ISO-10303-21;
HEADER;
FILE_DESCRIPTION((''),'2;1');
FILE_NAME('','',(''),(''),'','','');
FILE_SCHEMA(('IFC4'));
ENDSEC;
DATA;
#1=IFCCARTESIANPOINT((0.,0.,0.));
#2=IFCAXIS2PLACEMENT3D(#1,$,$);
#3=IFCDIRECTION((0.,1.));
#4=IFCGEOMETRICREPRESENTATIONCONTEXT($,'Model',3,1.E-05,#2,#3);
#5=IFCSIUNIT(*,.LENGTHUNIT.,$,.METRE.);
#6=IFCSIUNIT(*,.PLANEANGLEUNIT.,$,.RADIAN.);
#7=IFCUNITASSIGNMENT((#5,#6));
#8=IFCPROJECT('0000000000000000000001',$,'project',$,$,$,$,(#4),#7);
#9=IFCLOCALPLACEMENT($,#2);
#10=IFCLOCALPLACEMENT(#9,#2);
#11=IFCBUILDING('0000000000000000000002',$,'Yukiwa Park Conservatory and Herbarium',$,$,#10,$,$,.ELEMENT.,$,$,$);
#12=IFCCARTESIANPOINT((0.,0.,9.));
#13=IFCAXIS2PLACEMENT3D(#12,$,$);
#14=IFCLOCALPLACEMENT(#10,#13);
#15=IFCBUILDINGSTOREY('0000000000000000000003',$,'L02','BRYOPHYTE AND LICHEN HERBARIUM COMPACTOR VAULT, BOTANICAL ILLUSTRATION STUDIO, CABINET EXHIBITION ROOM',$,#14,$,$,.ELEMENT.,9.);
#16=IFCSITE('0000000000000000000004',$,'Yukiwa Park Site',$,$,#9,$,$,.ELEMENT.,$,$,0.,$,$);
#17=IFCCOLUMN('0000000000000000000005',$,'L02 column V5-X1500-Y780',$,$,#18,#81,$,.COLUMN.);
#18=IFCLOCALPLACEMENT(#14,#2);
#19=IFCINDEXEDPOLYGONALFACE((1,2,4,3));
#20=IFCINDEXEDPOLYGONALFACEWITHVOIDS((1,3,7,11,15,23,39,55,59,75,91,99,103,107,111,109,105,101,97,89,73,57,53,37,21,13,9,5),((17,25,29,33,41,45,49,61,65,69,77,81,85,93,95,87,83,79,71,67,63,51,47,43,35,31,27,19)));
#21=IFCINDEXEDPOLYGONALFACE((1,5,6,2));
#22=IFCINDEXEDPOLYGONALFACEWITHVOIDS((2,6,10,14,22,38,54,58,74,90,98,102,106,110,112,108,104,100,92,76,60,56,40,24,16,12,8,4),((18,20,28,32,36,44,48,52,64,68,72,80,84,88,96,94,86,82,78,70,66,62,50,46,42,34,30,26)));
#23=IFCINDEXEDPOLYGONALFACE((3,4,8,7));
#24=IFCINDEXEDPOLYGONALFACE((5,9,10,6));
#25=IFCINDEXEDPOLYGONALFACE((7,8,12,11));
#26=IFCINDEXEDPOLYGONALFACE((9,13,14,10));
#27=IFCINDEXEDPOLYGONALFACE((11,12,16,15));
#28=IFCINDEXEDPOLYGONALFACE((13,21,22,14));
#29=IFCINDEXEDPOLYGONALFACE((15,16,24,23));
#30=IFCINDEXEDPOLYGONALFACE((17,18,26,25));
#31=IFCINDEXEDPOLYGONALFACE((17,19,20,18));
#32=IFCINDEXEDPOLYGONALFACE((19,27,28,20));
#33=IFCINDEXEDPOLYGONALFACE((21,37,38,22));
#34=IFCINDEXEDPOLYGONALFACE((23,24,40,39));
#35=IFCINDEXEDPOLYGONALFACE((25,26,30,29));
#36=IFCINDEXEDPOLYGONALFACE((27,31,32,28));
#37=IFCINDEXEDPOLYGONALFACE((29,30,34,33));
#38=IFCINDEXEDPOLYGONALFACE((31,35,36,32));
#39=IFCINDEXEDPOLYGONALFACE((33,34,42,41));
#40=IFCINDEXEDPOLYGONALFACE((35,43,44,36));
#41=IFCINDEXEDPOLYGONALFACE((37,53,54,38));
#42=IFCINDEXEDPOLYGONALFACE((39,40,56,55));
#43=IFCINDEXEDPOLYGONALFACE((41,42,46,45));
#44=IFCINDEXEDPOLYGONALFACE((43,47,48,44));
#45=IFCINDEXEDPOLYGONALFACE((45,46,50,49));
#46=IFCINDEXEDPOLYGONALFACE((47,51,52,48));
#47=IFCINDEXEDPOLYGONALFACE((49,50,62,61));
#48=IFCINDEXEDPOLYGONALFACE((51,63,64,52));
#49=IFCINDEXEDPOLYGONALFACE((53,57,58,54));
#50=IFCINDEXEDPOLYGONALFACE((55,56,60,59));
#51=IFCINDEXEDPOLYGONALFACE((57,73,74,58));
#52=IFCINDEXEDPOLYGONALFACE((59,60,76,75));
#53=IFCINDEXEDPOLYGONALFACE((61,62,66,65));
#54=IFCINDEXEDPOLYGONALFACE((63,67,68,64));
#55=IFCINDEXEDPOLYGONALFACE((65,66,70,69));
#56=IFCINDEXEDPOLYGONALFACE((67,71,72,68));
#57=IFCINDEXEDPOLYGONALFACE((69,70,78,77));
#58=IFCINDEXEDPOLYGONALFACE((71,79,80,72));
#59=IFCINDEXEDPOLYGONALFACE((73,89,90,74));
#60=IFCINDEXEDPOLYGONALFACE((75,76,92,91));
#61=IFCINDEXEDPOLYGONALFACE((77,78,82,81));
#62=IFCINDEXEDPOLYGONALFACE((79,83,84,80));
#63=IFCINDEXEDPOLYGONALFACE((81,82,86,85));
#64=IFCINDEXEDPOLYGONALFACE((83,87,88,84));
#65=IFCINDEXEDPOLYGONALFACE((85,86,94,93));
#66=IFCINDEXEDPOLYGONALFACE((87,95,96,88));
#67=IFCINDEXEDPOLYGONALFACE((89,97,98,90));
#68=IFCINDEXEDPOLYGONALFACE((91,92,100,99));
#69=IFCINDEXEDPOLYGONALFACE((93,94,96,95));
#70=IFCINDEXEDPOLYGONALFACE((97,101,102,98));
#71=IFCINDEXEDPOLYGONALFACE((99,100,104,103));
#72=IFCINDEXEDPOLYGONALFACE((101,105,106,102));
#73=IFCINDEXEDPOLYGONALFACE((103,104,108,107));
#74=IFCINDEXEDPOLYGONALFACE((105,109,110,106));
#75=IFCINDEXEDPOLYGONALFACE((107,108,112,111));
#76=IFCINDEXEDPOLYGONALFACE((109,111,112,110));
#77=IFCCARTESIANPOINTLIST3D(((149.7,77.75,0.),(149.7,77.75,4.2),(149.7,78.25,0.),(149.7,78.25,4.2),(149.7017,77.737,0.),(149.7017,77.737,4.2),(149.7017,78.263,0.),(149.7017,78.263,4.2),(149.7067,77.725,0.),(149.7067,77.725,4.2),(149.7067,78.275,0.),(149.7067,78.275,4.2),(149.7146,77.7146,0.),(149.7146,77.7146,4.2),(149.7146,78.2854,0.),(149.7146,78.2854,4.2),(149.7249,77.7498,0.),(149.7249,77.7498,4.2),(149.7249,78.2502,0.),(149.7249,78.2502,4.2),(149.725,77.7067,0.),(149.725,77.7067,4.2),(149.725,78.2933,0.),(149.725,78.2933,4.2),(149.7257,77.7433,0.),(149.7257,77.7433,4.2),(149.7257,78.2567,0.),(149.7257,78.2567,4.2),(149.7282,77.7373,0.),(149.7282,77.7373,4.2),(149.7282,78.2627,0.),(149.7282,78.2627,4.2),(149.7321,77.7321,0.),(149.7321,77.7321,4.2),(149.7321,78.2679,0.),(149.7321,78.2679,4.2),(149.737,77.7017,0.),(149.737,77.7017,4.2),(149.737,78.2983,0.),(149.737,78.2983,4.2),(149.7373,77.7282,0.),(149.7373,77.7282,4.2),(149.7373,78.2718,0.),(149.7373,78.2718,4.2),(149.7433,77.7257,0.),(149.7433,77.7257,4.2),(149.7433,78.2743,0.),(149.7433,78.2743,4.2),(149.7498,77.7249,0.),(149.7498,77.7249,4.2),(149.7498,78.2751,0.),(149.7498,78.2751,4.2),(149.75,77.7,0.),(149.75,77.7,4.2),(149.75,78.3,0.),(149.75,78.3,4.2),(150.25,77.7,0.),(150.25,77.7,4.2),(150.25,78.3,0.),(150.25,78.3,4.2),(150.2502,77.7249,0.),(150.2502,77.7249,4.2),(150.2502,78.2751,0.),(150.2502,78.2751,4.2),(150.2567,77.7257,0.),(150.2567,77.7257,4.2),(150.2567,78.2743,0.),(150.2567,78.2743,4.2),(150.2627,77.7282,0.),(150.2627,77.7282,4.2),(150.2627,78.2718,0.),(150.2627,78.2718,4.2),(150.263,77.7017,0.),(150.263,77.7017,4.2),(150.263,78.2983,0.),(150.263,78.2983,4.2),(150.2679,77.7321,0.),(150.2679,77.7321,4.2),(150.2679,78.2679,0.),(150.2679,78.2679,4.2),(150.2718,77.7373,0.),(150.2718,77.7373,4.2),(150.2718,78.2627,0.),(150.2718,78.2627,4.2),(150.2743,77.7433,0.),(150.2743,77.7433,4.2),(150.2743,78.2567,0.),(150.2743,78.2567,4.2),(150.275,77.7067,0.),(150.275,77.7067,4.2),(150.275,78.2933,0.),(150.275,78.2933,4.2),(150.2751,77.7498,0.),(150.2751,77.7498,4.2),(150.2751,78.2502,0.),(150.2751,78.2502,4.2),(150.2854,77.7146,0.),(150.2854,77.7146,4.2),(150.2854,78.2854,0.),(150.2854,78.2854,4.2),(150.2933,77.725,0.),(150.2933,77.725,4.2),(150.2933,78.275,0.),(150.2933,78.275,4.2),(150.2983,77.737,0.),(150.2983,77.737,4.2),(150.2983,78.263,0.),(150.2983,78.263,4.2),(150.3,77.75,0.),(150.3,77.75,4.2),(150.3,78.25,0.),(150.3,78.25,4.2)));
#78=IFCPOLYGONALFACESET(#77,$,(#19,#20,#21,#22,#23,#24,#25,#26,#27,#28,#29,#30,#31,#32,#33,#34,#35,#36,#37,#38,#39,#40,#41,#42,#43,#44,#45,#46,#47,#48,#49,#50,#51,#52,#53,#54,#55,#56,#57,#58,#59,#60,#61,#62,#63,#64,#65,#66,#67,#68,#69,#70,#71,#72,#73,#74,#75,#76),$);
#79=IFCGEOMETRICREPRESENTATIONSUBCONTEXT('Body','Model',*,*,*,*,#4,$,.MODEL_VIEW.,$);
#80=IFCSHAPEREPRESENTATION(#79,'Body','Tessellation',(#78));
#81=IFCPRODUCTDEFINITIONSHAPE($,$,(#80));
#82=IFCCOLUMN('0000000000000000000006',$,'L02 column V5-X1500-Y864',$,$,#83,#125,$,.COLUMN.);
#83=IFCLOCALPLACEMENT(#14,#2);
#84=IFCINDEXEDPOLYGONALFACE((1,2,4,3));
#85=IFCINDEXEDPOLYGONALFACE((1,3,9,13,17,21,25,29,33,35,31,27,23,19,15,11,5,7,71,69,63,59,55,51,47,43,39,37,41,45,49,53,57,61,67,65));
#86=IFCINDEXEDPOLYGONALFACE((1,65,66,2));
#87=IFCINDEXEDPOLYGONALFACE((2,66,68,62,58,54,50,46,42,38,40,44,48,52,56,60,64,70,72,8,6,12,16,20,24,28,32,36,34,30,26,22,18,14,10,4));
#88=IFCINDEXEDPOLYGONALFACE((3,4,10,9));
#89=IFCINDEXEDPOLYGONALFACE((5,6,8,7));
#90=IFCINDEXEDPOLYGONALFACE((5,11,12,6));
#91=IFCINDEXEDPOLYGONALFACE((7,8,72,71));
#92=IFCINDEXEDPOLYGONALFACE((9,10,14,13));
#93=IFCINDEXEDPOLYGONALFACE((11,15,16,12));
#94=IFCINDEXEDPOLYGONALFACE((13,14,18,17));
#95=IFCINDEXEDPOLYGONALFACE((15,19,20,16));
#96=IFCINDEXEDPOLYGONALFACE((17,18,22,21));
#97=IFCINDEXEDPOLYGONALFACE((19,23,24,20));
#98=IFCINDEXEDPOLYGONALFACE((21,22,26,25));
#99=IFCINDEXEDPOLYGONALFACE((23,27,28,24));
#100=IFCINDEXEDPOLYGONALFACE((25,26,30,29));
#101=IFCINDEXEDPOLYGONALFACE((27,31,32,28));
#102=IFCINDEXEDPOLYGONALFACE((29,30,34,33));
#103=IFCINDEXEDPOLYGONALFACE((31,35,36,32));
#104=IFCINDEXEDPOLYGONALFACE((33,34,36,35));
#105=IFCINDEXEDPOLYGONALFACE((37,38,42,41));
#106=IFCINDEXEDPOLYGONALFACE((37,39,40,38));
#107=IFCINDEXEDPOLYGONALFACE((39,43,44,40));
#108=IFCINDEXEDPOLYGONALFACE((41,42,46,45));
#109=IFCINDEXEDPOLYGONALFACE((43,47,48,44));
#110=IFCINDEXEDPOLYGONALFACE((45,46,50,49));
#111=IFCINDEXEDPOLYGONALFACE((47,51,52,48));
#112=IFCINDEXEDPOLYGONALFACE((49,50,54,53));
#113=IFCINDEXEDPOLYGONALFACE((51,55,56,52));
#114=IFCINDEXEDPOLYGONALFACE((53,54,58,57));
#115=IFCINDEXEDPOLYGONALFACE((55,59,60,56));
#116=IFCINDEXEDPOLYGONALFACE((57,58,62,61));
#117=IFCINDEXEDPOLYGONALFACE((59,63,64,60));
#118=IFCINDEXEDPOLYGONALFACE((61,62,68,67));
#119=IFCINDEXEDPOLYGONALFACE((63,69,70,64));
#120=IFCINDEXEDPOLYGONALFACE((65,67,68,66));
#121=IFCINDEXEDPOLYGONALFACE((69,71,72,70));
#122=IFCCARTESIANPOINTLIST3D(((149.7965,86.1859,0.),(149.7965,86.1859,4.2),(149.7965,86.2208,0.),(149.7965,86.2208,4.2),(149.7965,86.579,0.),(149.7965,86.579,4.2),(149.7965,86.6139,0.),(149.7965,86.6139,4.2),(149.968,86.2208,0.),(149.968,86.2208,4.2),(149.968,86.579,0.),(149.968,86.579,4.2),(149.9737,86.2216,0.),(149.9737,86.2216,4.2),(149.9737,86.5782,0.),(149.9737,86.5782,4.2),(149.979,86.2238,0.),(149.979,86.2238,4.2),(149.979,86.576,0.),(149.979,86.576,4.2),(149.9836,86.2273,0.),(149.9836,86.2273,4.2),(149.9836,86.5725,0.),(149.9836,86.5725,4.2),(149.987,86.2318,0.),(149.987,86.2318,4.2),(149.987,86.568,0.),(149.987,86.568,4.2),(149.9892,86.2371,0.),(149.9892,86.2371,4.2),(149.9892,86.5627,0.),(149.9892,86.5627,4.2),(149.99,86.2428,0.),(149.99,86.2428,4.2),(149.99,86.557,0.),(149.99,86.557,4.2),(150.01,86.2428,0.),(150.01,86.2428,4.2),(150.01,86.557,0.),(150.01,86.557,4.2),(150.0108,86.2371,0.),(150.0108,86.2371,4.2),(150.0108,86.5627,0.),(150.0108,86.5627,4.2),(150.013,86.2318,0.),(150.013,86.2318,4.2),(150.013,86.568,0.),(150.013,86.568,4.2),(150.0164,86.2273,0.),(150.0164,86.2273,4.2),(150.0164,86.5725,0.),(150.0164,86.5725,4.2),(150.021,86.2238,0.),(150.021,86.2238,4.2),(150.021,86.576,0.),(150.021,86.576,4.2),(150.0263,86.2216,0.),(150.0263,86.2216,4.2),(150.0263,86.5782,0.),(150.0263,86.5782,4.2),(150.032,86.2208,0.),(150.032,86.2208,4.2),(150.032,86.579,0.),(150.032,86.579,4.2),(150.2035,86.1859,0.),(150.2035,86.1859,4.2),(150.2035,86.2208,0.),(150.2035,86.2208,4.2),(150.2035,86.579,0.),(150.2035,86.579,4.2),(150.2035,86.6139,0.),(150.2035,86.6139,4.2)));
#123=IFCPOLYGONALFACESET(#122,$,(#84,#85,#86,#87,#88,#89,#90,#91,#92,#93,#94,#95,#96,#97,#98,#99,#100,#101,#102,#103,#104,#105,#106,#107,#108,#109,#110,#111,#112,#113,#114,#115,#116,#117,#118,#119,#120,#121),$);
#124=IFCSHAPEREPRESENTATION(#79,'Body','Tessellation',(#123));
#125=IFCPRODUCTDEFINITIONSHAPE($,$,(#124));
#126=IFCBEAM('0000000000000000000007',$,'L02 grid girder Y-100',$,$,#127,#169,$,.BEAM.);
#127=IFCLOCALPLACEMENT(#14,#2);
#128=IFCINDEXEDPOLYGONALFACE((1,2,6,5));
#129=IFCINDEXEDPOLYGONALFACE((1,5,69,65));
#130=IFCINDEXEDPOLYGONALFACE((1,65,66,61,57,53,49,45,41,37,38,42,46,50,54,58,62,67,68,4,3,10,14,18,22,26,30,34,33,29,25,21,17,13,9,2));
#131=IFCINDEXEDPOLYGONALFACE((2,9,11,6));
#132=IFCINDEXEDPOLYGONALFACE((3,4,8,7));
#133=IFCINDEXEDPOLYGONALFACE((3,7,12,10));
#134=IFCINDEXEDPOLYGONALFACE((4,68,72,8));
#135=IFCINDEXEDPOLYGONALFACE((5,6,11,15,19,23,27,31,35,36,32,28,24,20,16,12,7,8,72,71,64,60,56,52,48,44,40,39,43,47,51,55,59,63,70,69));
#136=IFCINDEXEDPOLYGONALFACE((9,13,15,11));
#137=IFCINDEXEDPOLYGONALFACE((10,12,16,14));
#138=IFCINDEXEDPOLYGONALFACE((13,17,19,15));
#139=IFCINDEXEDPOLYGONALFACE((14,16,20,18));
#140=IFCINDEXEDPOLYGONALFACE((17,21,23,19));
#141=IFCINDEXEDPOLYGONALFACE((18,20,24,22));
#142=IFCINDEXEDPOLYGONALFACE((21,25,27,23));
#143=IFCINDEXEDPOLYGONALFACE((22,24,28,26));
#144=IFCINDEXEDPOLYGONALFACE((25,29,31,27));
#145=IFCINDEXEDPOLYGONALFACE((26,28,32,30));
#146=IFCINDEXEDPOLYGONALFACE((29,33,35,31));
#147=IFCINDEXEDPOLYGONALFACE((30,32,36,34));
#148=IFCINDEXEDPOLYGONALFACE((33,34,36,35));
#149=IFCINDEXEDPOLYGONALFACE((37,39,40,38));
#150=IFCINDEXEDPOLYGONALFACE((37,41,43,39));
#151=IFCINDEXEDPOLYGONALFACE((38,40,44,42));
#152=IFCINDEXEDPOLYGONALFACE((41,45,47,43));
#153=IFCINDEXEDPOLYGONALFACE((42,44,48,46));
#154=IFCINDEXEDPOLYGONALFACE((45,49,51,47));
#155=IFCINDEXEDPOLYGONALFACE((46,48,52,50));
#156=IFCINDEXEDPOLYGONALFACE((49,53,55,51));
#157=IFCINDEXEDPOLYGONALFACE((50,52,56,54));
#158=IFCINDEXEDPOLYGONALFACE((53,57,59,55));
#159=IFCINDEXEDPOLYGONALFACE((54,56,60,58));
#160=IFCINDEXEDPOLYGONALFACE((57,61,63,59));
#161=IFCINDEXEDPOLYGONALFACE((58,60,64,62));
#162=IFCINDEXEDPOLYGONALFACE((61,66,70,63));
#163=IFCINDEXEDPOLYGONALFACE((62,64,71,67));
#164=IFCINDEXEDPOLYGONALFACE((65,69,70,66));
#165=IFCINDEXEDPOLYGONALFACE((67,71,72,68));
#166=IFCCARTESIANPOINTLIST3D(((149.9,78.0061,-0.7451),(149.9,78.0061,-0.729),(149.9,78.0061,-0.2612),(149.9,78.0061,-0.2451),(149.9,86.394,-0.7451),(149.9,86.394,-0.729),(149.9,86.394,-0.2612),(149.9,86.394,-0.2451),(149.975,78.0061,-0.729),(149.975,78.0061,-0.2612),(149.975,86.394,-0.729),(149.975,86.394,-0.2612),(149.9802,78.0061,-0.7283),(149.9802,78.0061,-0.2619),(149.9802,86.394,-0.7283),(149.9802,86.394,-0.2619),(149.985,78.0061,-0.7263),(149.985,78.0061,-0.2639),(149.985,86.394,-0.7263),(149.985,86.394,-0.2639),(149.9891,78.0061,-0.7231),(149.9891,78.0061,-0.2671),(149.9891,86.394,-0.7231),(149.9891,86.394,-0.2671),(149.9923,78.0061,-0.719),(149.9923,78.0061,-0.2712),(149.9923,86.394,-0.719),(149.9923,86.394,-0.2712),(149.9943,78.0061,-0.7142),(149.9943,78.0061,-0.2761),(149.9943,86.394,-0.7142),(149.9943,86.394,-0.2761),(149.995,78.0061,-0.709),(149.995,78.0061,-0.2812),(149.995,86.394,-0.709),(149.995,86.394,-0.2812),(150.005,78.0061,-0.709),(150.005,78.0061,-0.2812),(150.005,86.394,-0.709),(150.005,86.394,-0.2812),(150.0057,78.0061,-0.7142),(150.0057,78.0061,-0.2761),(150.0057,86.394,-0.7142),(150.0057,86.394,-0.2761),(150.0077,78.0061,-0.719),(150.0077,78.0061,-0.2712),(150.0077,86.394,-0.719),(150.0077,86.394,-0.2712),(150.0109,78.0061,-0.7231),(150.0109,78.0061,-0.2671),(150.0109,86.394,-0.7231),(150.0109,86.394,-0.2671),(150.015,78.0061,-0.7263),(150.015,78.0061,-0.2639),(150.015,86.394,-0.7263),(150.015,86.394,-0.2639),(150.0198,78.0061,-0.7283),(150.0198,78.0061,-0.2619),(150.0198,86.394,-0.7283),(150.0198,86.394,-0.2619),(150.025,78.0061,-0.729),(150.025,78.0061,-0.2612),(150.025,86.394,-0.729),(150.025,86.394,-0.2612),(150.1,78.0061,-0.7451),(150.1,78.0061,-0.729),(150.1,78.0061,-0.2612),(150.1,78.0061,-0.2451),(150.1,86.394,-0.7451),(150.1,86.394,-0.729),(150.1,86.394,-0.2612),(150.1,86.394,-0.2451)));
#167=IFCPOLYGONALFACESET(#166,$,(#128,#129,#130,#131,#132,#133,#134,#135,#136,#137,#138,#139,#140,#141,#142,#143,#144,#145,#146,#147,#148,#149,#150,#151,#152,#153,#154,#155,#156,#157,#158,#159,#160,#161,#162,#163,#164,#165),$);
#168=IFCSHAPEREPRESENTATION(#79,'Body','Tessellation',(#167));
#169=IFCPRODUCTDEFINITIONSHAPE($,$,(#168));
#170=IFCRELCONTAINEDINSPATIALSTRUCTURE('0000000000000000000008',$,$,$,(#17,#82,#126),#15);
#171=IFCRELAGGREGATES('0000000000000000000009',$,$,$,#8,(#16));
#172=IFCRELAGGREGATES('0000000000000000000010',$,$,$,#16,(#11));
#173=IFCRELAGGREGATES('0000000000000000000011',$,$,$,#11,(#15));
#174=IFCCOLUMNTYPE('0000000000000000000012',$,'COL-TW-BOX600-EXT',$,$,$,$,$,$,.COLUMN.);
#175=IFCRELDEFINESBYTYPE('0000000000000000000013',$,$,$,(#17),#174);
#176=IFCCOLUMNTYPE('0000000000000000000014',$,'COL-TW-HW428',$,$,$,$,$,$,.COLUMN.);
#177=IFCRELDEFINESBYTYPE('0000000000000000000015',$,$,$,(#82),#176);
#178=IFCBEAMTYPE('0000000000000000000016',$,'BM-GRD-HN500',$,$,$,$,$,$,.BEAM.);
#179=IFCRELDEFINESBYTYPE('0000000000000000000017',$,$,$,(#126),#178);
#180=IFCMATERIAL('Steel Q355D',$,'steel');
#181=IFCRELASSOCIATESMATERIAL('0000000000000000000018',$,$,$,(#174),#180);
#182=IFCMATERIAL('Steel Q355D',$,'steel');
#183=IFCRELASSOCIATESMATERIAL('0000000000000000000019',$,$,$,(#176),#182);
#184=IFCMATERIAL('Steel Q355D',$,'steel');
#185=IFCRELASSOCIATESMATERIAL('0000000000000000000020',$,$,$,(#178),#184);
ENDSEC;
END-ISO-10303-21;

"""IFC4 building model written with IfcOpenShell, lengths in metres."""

from ifc_helpers import new_model, si_unit, direction, frame, origin, origin_2d, place, context, subcontext, project, spatial, hollow_rectangle, i_section, extrude, material, material_profile, profile_set, type_object, element, save


model = new_model("IFC4")

# Units and contexts
model_context = context("Model", 3, precision=1e-05, world=origin(), true_north=direction((0.0, 1.0)))
body_context = subcontext(model_context, "Body", "Model", "MODEL_VIEW")
ifc_project = project(units=[si_unit("LENGTHUNIT", "METRE"), si_unit("PLANEANGLEUNIT", "RADIAN")], contexts=[model_context])

# Site, building, storey
site_placement = place(None, origin())
site = spatial("IfcSite", under=ifc_project, at=site_placement, Name="Yukiwa Park Site", CompositionType="ELEMENT", RefElevation=0.0)
building_placement = place(site_placement, origin())
building = spatial("IfcBuilding", under=site, at=building_placement, Name="Yukiwa Park Conservatory and Herbarium", CompositionType="ELEMENT")
storey_placement = place(building_placement, frame((0.0, 0.0, 9.0)))
storey = spatial("IfcBuildingStorey", under=building, at=storey_placement, Name="L02", Description="BRYOPHYTE AND LICHEN HERBARIUM COMPACTOR VAULT, BOTANICAL ILLUSTRATION STUDIO, CABINET EXHIBITION ROOM", CompositionType="ELEMENT", Elevation=9.0)

# Columns
ifc_material_1 = material(Name="Steel Q355D", Category="steel")
ifc_material_profile_1 = material_profile(ifc_material_1, hollow_rectangle(XDim=0.6001, YDim=0.6001, WallThickness=0.0249, InnerFilletRadius=0.0249, OuterFilletRadius=0.05, at=origin_2d()), Name="BOX 600x600x25")
ifc_profile_set_1 = profile_set([ifc_material_profile_1], Name="Steel Q355D")
column_type_1 = type_object("IfcColumnType", Name="COL-TW-BOX600-EXT", PredefinedType="COLUMN", material=ifc_profile_set_1)
column_1_placement = place(storey_placement, frame((150.0, 78.0, 0.0), z_axis=(0.0, 0.0, 1.0), x_axis=(1.0, 0.0, 0.0)))
element("IfcColumn", 1, at=column_1_placement, inside=storey, type_object=column_type_1, Name="L02 column V5-X1500-Y780", PredefinedType="COLUMN", context=body_context, shape_type="SweptSolid", body=[
    extrude(hollow_rectangle(XDim=0.6001, YDim=0.6001, WallThickness=0.0249, InnerFilletRadius=0.0249, OuterFilletRadius=0.05, at=origin_2d()), origin(), (0.0, 0.0, 1.0), 4.2),
])
ifc_material_2 = material(Name="Steel Q355D", Category="steel")
ifc_material_profile_2 = material_profile(ifc_material_2, i_section(OverallWidth=0.407, OverallDepth=0.428, WebThickness=0.02, FlangeThickness=0.0349, FilletRadius=0.022, at=origin_2d()), Name="HW 428x407x20x35")
ifc_profile_set_2 = profile_set([ifc_material_profile_2], Name="Steel Q355D")
column_type_2 = type_object("IfcColumnType", Name="COL-TW-HW428", PredefinedType="COLUMN", material=ifc_profile_set_2)
column_2_placement = place(storey_placement, frame((150.0, 86.3999, 0.0), z_axis=(0.0, 0.0, 1.0), x_axis=(1.0, 0.0, 0.0)))
element("IfcColumn", 2, at=column_2_placement, inside=storey, type_object=column_type_2, Name="L02 column V5-X1500-Y864", PredefinedType="COLUMN", context=body_context, shape_type="SweptSolid", body=[
    extrude(i_section(OverallWidth=0.407, OverallDepth=0.428, WebThickness=0.02, FlangeThickness=0.0349, FilletRadius=0.022, at=origin_2d()), origin(), (0.0, 0.0, 1.0), 4.2),
])

# Beam
ifc_material_3 = material(Name="Steel Q355D", Category="steel")
ifc_material_profile_3 = material_profile(ifc_material_3, i_section(OverallWidth=0.2, OverallDepth=0.5, WebThickness=0.01, FlangeThickness=0.0161, FilletRadius=0.02, at=origin_2d()), Name="HN 500x200x10x16")
ifc_profile_set_3 = profile_set([ifc_material_profile_3], Name="Steel Q355D")
beam_type_1 = type_object("IfcBeamType", Name="BM-GRD-HN500", PredefinedType="BEAM", material=ifc_profile_set_3)
beam_1_placement = place(storey_placement, frame((150.0, 78.0061, -0.4951), z_axis=(0.0, 1.0, 0.0), x_axis=(-1.0, 0.0, 0.0)))
element("IfcBeam", 3, at=beam_1_placement, inside=storey, type_object=beam_type_1, Name="L02 grid girder Y-100", PredefinedType="BEAM", context=body_context, shape_type="SweptSolid", body=[
    extrude(i_section(OverallWidth=0.2, OverallDepth=0.5, WebThickness=0.01, FlangeThickness=0.0161, FilletRadius=0.02, at=origin_2d()), origin(), (0.0, 0.0, 1.0), 8.3879),
])

save(model, "model.ifc")
